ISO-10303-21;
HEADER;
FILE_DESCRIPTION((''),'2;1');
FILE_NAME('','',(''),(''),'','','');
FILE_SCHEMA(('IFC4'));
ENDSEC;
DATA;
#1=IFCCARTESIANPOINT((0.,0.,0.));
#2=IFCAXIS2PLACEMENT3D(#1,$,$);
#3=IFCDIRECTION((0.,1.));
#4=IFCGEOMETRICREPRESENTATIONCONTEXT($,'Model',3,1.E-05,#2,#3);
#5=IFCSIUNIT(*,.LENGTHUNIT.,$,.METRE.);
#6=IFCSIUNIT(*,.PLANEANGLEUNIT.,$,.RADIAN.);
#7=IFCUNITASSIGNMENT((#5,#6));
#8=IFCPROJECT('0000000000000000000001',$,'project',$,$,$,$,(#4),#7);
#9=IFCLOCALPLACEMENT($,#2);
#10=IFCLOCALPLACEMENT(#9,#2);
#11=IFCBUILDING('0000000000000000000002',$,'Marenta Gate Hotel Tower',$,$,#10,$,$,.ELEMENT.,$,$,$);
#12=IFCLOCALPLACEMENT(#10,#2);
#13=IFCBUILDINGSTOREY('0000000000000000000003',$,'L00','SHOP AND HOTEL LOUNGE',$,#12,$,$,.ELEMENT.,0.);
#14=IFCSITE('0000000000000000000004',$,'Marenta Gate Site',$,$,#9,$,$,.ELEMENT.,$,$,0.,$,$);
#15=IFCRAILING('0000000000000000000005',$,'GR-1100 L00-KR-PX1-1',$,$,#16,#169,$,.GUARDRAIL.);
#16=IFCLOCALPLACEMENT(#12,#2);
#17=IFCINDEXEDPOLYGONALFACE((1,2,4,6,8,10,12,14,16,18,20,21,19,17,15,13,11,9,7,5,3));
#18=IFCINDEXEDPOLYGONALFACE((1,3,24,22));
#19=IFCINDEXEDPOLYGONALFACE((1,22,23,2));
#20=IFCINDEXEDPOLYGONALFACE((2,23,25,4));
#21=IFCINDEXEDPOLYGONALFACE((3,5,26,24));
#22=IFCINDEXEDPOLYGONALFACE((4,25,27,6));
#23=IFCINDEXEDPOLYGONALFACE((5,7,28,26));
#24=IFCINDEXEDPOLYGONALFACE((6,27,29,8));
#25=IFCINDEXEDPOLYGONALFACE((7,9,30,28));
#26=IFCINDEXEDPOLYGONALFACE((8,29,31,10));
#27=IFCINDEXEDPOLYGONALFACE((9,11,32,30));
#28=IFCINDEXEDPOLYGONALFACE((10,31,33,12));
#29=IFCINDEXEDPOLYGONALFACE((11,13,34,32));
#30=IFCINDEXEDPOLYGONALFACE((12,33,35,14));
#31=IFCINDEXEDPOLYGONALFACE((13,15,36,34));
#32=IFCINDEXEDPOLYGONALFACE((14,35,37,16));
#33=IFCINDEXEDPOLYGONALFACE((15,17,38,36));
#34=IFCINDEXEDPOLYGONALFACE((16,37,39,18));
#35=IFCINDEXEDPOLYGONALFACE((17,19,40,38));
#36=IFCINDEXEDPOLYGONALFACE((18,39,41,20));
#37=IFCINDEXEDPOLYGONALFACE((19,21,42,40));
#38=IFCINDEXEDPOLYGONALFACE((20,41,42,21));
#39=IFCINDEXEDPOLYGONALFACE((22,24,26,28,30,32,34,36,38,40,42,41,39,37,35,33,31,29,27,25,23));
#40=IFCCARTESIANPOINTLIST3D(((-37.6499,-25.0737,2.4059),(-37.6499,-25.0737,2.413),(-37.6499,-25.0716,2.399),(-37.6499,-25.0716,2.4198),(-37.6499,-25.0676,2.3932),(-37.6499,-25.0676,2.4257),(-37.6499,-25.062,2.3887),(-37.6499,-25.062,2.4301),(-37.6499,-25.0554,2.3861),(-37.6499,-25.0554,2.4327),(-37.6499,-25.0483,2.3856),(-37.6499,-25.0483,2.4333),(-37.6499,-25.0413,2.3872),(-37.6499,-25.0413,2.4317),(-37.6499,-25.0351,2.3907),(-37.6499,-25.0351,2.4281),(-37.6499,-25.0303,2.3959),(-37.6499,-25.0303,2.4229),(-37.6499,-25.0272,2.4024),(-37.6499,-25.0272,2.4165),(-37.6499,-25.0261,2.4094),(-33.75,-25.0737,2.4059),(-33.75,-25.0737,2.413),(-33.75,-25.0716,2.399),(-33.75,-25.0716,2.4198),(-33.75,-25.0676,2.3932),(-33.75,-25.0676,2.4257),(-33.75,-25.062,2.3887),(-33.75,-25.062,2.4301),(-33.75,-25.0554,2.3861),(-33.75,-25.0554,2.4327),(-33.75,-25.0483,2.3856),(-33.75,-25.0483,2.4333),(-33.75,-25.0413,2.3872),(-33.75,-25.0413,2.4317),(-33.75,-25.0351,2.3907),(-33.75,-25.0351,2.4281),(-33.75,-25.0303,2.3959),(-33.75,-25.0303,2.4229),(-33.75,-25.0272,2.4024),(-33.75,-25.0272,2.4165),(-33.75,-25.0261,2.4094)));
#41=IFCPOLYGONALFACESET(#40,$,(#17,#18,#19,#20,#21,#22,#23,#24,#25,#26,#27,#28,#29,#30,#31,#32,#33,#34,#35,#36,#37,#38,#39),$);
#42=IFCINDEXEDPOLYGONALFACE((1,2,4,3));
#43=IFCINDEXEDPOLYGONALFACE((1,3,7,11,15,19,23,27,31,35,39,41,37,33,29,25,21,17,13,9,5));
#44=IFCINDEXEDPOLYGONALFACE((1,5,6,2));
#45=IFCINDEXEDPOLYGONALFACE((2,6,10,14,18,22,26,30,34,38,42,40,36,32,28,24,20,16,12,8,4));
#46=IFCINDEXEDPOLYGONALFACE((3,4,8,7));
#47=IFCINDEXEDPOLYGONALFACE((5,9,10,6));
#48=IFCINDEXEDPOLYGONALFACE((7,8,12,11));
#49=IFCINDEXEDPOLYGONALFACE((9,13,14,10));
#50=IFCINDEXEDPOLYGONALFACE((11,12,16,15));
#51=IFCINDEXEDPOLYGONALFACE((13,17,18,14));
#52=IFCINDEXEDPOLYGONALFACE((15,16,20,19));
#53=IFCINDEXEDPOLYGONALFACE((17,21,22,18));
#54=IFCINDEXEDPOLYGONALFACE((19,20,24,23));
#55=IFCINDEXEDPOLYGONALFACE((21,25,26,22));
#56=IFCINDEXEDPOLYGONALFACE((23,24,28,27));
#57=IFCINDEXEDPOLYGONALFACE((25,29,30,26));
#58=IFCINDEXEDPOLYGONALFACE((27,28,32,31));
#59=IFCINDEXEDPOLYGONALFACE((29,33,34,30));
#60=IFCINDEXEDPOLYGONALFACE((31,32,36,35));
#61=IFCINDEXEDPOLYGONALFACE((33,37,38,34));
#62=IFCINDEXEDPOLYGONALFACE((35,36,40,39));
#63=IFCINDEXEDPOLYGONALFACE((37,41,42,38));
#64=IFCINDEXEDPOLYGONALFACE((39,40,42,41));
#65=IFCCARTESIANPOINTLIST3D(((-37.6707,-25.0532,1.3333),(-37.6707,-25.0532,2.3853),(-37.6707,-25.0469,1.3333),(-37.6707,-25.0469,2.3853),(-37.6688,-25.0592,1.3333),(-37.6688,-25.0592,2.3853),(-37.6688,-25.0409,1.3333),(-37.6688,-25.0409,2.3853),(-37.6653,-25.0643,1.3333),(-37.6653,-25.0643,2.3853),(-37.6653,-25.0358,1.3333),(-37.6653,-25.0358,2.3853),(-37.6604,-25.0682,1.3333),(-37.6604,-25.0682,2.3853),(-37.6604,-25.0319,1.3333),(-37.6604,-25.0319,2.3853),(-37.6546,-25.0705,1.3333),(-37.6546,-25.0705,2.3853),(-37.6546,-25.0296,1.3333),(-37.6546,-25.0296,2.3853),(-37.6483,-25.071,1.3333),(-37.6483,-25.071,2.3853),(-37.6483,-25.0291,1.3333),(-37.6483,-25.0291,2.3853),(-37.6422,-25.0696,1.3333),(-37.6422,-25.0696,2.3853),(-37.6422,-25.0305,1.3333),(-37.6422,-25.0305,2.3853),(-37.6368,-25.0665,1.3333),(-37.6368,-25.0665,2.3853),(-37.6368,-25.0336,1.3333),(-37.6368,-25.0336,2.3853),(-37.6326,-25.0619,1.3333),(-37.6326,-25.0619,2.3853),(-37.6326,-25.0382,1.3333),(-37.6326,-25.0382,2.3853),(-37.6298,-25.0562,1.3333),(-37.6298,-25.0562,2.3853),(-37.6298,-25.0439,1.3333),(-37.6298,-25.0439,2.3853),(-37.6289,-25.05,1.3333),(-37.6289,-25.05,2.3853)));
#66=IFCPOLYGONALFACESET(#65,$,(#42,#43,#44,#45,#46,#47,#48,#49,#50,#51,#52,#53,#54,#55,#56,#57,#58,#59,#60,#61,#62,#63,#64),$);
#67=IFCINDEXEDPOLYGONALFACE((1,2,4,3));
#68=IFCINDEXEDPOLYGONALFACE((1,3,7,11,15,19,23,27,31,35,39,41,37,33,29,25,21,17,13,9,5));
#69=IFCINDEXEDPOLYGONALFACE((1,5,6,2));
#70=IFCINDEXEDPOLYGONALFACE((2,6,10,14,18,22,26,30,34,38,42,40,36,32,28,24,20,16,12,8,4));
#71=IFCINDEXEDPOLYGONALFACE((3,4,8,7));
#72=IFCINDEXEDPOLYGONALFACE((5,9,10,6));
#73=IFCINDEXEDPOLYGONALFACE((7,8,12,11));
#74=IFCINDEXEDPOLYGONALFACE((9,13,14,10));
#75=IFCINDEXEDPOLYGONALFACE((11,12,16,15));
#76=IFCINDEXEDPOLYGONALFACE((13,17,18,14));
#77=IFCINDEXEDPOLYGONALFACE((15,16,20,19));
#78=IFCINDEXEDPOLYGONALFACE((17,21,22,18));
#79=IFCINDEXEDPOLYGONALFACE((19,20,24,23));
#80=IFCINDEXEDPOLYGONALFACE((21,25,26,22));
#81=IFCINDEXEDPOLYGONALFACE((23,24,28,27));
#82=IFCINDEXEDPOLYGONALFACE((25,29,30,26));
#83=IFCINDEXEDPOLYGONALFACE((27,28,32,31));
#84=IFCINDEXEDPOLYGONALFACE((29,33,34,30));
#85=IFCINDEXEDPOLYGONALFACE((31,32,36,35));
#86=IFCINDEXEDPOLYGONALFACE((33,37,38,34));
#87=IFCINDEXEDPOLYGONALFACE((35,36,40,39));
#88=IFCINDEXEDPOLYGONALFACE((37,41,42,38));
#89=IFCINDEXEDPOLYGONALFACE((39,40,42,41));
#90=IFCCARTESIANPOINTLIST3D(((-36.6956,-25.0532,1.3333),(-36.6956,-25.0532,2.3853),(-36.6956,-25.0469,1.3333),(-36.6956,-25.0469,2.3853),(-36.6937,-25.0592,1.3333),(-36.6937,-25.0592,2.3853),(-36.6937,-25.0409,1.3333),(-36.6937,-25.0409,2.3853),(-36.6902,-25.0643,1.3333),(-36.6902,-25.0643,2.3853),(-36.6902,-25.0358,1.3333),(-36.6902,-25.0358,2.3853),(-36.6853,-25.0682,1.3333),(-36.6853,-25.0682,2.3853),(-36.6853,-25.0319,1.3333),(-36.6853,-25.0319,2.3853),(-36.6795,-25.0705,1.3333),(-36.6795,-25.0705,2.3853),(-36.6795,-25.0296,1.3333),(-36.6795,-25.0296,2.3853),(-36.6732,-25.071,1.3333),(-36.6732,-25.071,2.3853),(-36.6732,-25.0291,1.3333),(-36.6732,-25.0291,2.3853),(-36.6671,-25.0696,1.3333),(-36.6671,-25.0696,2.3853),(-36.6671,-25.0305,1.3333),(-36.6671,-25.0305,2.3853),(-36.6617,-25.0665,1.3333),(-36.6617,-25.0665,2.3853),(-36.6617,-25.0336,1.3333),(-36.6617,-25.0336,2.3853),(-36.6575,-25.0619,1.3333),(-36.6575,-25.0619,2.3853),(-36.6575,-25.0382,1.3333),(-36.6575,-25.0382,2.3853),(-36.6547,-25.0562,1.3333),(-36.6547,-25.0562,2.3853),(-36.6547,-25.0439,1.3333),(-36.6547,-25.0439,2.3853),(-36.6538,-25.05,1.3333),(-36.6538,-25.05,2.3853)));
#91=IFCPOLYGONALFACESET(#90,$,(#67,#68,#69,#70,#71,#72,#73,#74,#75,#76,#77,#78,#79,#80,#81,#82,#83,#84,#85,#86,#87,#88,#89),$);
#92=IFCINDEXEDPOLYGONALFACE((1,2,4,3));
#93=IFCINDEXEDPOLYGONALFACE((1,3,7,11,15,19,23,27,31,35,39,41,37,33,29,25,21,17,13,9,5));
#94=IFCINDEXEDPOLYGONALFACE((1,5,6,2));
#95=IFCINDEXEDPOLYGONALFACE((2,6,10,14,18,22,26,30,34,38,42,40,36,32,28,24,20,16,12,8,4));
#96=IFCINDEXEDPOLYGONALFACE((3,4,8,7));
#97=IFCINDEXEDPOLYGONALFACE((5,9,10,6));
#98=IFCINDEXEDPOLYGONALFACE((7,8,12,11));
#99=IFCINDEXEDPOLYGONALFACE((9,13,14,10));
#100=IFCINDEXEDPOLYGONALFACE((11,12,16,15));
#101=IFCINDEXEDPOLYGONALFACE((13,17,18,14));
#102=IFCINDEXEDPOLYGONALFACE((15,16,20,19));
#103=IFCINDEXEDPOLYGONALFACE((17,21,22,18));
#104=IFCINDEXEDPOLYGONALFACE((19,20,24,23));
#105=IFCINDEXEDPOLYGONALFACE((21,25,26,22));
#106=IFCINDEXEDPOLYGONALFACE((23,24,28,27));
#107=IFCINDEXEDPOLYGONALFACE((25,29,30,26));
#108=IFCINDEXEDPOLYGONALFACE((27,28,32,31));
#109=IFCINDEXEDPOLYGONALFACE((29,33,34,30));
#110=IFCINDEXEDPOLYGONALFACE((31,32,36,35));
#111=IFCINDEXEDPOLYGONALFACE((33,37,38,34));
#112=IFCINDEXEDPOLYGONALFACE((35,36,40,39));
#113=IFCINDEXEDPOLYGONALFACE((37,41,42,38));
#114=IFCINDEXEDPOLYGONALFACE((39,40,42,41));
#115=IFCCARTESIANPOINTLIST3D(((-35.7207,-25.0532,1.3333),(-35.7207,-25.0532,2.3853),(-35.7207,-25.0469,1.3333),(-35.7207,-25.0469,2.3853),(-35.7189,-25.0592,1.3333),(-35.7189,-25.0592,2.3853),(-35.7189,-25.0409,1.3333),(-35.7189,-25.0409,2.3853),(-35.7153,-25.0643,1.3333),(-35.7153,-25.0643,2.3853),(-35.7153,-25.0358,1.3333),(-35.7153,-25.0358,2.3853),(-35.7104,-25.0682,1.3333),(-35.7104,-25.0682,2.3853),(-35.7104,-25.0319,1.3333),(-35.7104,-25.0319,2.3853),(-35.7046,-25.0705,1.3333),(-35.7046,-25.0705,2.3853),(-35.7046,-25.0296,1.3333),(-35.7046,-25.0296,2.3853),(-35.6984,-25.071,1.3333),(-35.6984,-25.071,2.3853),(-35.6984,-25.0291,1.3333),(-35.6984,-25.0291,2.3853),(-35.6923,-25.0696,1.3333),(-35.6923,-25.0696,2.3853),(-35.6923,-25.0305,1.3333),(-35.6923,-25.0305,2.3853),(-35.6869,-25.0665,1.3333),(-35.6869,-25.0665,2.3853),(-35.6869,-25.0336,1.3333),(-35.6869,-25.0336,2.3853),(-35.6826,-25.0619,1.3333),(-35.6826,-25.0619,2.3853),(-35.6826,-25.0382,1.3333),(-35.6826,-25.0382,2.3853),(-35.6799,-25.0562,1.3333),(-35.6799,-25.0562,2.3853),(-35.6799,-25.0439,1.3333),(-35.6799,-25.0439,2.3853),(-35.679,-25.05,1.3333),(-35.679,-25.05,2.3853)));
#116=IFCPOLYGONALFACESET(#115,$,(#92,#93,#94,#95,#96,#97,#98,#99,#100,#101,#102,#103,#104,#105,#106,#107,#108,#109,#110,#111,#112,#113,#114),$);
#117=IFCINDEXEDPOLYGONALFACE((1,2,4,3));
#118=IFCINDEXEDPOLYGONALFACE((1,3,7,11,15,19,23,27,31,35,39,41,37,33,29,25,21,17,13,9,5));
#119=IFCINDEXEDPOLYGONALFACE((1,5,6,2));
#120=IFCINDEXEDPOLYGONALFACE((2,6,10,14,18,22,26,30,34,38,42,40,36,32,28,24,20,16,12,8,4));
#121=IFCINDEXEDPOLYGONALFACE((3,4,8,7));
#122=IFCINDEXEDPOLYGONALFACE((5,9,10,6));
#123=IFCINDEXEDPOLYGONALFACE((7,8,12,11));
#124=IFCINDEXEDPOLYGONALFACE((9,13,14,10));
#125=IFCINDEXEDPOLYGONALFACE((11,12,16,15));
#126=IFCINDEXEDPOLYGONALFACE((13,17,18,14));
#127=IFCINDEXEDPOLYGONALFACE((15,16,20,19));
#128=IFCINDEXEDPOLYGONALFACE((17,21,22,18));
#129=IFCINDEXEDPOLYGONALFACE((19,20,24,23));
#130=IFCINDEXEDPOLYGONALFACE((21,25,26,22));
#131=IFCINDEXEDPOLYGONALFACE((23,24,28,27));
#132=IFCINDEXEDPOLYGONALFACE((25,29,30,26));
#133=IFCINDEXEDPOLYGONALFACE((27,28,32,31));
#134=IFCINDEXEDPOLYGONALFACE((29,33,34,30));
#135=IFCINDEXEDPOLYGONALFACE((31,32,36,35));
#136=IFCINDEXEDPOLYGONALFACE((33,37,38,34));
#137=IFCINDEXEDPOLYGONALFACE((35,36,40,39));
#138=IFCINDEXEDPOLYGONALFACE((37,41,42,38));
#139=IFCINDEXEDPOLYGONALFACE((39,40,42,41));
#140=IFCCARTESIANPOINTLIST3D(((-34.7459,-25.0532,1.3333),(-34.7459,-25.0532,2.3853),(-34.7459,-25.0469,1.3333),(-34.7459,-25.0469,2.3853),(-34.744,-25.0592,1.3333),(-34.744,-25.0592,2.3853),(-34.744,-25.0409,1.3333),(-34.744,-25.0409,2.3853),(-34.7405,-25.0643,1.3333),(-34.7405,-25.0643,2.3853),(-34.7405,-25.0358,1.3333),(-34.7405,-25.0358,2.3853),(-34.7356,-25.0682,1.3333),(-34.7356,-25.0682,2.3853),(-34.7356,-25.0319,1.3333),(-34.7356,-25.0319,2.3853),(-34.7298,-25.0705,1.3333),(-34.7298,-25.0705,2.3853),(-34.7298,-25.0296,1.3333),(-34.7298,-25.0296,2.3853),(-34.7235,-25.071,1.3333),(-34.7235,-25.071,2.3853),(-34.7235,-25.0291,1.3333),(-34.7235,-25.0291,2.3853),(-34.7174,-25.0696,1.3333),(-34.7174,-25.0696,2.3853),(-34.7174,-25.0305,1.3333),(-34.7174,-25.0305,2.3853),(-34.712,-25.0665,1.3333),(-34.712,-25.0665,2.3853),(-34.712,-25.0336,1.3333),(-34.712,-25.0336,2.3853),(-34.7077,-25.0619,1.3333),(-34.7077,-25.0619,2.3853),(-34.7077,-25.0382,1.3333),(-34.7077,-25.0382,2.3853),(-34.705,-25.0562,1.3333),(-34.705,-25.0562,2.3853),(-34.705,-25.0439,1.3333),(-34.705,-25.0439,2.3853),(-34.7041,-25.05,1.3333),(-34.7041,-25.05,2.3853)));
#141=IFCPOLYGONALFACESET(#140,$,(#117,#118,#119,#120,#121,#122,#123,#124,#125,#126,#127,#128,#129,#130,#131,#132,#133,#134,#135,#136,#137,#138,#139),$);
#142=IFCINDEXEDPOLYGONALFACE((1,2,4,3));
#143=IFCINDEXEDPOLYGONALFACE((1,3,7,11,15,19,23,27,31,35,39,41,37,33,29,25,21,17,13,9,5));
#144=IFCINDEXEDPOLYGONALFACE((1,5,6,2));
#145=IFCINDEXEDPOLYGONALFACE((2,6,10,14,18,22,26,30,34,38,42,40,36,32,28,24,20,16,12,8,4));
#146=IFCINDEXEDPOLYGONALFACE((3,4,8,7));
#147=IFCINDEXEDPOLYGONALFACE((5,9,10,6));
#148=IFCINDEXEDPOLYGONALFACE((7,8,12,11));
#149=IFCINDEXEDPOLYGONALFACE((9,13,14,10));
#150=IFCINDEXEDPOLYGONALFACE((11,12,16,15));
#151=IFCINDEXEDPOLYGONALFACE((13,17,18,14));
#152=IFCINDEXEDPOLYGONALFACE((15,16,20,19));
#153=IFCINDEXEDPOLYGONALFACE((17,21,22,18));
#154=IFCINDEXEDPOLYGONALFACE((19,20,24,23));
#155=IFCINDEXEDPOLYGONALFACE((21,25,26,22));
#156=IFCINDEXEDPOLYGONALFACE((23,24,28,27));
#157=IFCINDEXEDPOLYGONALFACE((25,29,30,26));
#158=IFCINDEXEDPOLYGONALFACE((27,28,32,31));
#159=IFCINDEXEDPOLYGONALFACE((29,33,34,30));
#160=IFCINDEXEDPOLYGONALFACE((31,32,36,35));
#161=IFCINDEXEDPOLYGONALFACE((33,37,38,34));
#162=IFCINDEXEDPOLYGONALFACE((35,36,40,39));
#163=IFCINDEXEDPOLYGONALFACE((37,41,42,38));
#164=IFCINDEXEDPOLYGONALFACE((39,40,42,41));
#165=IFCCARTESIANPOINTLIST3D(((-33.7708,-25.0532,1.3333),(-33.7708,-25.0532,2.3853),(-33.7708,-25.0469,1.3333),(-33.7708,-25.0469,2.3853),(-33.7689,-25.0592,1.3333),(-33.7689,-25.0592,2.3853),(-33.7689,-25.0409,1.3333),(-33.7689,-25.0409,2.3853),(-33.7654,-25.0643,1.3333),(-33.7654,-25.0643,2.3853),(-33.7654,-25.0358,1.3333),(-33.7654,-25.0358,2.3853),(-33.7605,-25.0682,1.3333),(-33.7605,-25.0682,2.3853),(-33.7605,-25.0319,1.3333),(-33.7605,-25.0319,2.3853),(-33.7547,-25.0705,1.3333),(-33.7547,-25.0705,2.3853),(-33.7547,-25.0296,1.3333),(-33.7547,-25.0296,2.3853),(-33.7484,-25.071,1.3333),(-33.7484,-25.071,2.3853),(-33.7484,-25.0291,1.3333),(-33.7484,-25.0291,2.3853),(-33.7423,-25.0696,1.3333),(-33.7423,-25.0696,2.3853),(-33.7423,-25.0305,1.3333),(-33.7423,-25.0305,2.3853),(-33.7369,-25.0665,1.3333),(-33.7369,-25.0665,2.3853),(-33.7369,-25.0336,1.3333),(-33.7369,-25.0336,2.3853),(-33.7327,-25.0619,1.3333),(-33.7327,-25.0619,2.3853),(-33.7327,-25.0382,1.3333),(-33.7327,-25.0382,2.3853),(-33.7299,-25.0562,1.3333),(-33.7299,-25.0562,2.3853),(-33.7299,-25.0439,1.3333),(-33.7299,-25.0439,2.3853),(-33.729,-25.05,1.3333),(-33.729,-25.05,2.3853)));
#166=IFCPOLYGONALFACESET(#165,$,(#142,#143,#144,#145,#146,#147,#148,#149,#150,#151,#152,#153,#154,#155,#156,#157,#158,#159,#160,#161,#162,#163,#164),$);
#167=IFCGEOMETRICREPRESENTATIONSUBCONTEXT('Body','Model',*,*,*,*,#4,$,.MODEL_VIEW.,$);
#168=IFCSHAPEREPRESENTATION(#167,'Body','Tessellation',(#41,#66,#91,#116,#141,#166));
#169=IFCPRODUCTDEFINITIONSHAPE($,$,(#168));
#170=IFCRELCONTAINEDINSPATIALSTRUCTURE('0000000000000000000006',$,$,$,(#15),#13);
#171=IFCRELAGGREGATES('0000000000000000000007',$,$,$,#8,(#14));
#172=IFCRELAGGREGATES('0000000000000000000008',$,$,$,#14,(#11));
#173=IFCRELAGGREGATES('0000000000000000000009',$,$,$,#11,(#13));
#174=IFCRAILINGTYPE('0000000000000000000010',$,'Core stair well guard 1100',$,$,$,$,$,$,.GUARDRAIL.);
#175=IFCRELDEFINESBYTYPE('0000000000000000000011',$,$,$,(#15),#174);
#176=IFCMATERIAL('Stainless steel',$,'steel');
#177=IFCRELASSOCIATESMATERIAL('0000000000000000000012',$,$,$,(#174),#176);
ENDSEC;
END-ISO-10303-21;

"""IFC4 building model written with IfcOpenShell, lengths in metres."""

from ifc_helpers import new_model, si_unit, direction, frame, origin, origin_2d, place, context, subcontext, project, spatial, circle, extrude, material, type_object, element, save


model = new_model("IFC4")

# Units and contexts
model_context = context("Model", 3, precision=1e-05, world=origin(), true_north=direction((0.0, 1.0)))
body_context = subcontext(model_context, "Body", "Model", "MODEL_VIEW")
ifc_project = project(units=[si_unit("LENGTHUNIT", "METRE"), si_unit("PLANEANGLEUNIT", "RADIAN")], contexts=[model_context])

# Site, building, storey
site_placement = place(None, origin())
site = spatial("IfcSite", under=ifc_project, at=site_placement, Name="Marenta Gate Site", CompositionType="ELEMENT", RefElevation=0.0)
building_placement = place(site_placement, origin())
building = spatial("IfcBuilding", under=site, at=building_placement, Name="Marenta Gate Hotel Tower", CompositionType="ELEMENT")
storey_placement = place(building_placement, origin())
storey = spatial("IfcBuildingStorey", under=building, at=storey_placement, Name="L00", Description="SHOP AND HOTEL LOUNGE", CompositionType="ELEMENT", Elevation=0.0)

# Railing
ifc_material_1 = material(Name="Stainless steel", Category="steel")
railing_type_1 = type_object("IfcRailingType", Name="Core stair well guard 1100", PredefinedType="GUARDRAIL", material=ifc_material_1)
railing_1_placement = place(storey_placement, frame((-37.6499, -25.05, 1.3333)))
element("IfcRailing", 1, at=railing_1_placement, inside=storey, type_object=railing_type_1, Name="GR-1100 L00-KR-PX1-1", PredefinedType="GUARDRAIL", context=body_context, shape_type="SweptSolid", body=[
    extrude(circle(Radius=0.0239, at=origin_2d()), frame((0.0, 0.0, 1.0762), z_axis=(1.0, 0.0, 0.0), x_axis=(0.0, 1.0, 0.0)), (0.0, 0.0, 1.0), 3.8999),
    extrude(circle(Radius=0.021, at=origin_2d()), origin(), (0.0, 0.0, 1.0), 1.052),
    extrude(circle(Radius=0.021, at=origin_2d()), frame((0.9751, 0.0, 0.0)), (0.0, 0.0, 1.0), 1.052),
    extrude(circle(Radius=0.021, at=origin_2d()), frame((1.95, 0.0, 0.0)), (0.0, 0.0, 1.0), 1.052),
    extrude(circle(Radius=0.021, at=origin_2d()), frame((2.9248, 0.0, 0.0)), (0.0, 0.0, 1.0), 1.052),
    extrude(circle(Radius=0.021, at=origin_2d()), frame((3.8999, 0.0, 0.0)), (0.0, 0.0, 1.0), 1.052),
])

save(model, "model.ifc")
